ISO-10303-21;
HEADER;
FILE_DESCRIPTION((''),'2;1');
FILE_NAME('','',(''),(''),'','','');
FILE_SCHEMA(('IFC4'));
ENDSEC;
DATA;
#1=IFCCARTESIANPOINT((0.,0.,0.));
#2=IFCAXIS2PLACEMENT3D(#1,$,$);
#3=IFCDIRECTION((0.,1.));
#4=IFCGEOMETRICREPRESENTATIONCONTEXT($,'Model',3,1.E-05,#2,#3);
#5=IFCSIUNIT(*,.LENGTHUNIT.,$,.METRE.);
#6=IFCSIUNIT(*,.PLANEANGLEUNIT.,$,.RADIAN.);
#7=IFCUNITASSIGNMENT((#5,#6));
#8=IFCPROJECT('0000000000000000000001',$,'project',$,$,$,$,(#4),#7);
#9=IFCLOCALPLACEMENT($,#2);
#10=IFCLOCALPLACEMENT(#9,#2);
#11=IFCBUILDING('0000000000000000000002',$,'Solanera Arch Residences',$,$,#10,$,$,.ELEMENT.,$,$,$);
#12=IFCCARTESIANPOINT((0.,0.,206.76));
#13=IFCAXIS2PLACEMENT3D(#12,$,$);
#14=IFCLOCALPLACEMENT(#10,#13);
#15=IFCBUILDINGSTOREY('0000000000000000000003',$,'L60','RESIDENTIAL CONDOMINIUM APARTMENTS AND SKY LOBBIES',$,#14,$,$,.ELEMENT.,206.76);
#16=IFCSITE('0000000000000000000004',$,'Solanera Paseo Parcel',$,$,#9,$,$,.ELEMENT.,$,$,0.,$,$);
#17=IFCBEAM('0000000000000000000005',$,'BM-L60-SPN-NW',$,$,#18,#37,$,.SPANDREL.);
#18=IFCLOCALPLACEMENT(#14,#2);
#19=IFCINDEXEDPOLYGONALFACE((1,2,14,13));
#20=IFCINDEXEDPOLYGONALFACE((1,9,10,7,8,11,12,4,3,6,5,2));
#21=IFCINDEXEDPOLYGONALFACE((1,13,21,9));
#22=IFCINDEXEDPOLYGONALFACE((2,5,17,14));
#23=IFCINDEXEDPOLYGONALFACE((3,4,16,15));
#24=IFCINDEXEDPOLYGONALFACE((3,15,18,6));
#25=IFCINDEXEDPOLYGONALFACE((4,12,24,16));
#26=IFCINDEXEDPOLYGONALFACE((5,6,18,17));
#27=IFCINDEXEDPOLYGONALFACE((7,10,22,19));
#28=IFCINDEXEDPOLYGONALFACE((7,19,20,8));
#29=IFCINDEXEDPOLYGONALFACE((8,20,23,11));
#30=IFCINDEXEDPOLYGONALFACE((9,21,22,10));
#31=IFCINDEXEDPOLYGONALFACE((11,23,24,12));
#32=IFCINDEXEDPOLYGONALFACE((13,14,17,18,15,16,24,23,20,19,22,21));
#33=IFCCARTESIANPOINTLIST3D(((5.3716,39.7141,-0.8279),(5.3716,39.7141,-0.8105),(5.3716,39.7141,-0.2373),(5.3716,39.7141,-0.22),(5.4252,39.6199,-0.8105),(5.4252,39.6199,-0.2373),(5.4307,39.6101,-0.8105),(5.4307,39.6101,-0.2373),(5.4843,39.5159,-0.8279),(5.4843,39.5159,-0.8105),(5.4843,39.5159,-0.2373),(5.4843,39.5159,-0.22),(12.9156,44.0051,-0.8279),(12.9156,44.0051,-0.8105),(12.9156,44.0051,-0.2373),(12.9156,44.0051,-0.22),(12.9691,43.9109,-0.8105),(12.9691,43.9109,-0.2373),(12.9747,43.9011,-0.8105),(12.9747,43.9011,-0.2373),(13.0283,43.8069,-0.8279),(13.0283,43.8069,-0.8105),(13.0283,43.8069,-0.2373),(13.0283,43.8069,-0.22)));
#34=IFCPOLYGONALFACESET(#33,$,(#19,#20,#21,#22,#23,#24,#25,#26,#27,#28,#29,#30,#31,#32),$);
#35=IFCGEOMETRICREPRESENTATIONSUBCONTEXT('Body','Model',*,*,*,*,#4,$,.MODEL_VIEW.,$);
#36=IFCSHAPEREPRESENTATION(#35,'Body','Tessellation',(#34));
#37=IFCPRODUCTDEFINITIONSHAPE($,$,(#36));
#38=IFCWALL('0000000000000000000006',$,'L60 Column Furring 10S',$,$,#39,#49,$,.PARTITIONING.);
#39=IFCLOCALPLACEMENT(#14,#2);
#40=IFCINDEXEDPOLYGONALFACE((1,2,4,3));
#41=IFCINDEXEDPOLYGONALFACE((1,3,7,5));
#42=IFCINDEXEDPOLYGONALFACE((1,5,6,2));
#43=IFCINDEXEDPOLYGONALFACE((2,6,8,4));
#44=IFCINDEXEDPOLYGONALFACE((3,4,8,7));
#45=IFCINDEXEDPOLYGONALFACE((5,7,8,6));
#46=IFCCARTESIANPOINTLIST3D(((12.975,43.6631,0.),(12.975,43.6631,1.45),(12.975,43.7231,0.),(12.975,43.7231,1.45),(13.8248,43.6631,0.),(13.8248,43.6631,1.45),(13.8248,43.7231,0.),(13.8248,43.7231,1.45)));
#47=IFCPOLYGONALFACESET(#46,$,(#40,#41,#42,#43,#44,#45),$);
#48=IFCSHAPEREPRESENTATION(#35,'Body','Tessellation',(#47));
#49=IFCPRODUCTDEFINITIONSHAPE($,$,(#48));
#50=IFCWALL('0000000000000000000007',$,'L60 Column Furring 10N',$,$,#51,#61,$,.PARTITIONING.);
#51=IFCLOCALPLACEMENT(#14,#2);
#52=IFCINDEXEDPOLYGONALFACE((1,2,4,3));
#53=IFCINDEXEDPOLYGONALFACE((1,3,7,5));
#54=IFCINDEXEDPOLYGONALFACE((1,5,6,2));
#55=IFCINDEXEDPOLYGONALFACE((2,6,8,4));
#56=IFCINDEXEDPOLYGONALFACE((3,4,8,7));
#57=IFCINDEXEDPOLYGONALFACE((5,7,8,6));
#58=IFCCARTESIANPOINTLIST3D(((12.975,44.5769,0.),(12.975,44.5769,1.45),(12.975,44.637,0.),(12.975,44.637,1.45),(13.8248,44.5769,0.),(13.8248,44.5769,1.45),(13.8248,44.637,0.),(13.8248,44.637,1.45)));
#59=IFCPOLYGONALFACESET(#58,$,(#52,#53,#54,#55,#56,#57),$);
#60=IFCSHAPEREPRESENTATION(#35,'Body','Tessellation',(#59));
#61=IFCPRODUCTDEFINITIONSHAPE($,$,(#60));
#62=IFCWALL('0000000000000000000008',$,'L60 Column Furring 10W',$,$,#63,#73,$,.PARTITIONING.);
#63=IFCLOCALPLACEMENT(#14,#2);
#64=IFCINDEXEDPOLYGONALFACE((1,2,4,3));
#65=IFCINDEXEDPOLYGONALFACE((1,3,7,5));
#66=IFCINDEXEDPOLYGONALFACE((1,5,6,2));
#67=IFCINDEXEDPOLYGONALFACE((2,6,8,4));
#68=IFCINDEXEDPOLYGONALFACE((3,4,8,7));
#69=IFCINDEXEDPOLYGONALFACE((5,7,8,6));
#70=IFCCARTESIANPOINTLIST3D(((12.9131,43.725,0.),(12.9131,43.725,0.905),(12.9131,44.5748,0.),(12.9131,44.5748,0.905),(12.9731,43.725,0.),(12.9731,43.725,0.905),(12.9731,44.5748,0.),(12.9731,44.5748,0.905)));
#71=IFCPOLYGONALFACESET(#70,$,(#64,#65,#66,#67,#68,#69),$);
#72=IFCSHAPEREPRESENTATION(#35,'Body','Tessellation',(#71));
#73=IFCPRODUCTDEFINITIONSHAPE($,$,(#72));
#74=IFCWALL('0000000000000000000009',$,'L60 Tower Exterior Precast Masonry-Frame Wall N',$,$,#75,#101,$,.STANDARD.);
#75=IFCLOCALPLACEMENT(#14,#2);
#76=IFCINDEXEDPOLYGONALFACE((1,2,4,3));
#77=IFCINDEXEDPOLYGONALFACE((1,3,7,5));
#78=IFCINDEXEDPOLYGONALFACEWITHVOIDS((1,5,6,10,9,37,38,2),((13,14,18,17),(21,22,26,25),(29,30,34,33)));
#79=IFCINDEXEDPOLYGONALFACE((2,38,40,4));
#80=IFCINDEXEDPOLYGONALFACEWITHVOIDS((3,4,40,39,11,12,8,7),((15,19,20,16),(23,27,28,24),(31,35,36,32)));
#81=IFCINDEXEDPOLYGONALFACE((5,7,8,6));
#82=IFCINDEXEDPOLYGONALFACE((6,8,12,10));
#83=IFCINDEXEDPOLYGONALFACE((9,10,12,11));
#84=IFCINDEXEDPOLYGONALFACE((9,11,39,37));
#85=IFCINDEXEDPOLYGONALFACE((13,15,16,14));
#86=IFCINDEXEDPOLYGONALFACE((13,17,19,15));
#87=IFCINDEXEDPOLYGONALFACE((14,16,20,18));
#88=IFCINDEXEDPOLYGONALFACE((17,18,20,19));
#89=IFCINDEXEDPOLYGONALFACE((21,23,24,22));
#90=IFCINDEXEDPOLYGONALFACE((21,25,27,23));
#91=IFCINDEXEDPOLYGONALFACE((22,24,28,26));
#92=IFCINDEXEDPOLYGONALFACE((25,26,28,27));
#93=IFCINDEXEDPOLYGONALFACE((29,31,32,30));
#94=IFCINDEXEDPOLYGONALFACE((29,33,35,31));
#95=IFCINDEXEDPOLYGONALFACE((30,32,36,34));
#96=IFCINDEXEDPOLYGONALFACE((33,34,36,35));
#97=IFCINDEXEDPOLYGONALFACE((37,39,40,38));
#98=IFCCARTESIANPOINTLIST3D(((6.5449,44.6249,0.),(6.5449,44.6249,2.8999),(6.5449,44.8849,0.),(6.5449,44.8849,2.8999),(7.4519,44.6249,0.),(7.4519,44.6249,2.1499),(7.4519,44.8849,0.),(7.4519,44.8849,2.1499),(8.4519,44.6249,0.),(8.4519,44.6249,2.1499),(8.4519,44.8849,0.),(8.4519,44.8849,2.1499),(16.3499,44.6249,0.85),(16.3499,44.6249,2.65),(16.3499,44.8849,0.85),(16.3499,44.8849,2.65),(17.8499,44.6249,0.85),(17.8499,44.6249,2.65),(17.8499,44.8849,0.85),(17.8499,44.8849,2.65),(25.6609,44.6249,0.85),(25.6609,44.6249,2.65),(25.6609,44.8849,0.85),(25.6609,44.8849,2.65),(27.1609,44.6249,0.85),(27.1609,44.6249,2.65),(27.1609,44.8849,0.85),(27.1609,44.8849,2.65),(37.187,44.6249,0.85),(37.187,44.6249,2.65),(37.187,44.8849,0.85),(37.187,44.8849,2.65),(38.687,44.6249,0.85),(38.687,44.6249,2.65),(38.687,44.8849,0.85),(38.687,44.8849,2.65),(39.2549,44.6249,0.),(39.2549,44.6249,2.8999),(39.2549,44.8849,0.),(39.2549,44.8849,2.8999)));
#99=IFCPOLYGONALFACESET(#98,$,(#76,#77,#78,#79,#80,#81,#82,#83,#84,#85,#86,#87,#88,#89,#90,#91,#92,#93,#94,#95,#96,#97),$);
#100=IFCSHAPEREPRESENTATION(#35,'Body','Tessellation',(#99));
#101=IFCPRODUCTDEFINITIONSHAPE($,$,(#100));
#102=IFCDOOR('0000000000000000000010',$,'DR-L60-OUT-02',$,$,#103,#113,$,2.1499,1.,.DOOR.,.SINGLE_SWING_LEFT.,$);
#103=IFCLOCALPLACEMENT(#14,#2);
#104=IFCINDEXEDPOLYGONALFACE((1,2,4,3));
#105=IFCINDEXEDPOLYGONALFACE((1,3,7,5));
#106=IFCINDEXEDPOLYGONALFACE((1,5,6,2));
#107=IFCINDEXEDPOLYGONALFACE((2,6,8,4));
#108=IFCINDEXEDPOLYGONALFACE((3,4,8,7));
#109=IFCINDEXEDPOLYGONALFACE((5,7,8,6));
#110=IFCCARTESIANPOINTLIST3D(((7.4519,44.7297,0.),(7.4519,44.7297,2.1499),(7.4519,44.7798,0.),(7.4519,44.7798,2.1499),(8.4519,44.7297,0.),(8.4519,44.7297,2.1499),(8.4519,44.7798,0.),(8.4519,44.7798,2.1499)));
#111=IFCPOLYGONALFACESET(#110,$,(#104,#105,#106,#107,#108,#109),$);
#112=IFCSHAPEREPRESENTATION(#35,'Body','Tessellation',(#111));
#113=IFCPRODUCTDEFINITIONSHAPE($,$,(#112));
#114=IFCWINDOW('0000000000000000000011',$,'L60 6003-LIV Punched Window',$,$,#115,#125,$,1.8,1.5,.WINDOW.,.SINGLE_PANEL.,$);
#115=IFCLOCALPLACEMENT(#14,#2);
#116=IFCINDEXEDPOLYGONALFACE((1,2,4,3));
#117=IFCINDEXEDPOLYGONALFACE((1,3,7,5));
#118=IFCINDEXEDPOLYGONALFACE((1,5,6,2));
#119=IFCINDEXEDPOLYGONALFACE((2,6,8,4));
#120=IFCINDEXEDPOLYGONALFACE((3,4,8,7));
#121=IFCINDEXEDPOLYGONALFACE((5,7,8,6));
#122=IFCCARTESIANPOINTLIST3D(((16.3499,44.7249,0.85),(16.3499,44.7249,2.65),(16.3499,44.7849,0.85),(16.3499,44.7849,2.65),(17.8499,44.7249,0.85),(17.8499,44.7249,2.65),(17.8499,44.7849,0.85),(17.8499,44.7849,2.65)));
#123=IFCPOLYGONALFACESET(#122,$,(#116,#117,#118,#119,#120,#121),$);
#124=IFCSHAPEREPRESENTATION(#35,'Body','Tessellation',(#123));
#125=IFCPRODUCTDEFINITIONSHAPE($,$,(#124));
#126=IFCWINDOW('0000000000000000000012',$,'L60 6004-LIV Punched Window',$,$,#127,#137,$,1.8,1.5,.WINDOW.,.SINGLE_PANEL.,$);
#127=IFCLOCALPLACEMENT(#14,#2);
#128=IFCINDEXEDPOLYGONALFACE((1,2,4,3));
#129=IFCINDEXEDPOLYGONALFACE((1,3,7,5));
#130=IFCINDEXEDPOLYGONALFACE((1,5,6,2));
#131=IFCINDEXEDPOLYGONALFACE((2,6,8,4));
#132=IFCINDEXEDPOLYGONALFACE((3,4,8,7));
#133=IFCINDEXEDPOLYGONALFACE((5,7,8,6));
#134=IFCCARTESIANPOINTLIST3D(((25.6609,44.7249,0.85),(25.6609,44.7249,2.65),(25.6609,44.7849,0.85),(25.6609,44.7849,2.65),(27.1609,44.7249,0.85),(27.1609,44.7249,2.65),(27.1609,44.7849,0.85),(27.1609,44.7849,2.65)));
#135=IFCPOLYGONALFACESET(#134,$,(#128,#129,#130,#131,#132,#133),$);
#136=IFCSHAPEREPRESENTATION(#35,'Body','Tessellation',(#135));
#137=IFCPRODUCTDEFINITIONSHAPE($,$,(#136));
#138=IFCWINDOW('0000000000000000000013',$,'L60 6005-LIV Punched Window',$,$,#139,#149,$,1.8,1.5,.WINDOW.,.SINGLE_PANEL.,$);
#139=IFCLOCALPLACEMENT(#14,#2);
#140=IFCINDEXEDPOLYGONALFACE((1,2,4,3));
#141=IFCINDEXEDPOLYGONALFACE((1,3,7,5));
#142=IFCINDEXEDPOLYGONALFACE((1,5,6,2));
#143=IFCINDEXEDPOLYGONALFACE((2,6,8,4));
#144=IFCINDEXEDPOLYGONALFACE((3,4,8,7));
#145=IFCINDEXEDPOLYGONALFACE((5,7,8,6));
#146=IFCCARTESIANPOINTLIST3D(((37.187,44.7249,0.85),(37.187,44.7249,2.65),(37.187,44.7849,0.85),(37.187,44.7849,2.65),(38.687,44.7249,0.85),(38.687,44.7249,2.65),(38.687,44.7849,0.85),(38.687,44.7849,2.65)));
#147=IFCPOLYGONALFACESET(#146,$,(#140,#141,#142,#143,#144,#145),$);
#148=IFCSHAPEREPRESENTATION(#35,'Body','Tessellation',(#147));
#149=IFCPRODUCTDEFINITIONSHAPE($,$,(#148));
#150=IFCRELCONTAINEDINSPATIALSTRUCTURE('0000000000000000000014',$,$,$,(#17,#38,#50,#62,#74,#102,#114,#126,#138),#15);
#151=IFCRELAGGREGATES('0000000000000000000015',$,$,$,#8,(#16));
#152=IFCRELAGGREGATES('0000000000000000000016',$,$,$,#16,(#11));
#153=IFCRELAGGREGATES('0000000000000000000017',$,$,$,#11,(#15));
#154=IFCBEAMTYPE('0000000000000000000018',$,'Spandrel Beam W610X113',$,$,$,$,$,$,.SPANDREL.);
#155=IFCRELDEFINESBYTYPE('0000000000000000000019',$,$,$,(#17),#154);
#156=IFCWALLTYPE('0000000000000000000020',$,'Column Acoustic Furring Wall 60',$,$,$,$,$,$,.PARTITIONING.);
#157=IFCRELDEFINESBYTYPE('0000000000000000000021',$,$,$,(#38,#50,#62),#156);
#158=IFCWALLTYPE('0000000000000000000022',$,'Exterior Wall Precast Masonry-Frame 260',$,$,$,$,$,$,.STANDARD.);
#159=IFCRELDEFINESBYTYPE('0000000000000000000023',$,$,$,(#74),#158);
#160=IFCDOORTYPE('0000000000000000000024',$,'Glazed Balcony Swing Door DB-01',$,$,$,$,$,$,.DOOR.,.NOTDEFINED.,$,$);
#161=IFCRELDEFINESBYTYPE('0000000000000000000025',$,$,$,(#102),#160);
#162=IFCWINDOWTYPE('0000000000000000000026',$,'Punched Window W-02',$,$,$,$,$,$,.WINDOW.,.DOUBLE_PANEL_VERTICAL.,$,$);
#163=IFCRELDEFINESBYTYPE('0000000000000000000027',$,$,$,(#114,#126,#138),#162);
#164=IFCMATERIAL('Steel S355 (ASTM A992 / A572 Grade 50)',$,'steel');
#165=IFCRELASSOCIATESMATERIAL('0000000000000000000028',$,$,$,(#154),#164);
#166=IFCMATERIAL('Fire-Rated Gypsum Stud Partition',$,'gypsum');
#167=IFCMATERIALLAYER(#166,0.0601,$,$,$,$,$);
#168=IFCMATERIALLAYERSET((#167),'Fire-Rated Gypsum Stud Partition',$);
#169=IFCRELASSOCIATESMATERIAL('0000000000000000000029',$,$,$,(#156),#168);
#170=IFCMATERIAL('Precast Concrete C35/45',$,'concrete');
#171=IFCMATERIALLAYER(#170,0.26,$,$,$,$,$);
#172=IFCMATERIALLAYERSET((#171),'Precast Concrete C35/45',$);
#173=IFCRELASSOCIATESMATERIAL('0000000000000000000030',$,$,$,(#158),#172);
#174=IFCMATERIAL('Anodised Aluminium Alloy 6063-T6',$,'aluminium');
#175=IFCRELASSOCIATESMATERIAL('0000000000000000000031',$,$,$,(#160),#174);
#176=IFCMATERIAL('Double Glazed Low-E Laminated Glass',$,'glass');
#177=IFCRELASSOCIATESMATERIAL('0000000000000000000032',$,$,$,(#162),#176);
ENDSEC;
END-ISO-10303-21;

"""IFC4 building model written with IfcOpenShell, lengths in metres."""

from ifc_helpers import new_model, si_unit, direction, frame, frame_2d, origin, origin_2d, place, context, subcontext, project, spatial, rectangle, i_section, extrude, material, layer, layer_set, material_profile, profile_set, type_object, element, fill, save


model = new_model("IFC4")

# Units and contexts
model_context = context("Model", 3, precision=1e-05, world=origin(), true_north=direction((0.0, 1.0)))
body_context = subcontext(model_context, "Body", "Model", "MODEL_VIEW")
ifc_project = project(units=[si_unit("LENGTHUNIT", "METRE"), si_unit("PLANEANGLEUNIT", "RADIAN")], contexts=[model_context])

# Site, building, storey
site_placement = place(None, origin())
site = spatial("IfcSite", under=ifc_project, at=site_placement, Name="Solanera Paseo Parcel", CompositionType="ELEMENT", RefElevation=0.0)
building_placement = place(site_placement, origin())
building = spatial("IfcBuilding", under=site, at=building_placement, Name="Solanera Arch Residences", CompositionType="ELEMENT")
storey_placement = place(building_placement, frame((0.0, 0.0, 206.76)))
storey = spatial("IfcBuildingStorey", under=building, at=storey_placement, Name="L60", Description="RESIDENTIAL CONDOMINIUM APARTMENTS AND SKY LOBBIES", CompositionType="ELEMENT", Elevation=206.76)

# Beam
ifc_material_1 = material(Name="Steel S355 (ASTM A992 / A572 Grade 50)", Category="steel")
ifc_material_profile = material_profile(ifc_material_1, i_section(OverallWidth=0.228, OverallDepth=0.6079, WebThickness=0.0112, FlangeThickness=0.0173, at=origin_2d()))
ifc_profile_set = profile_set([ifc_material_profile], Name="Steel S355 (ASTM A992 / A572 Grade 50)")
beam_type = type_object("IfcBeamType", Name="Spandrel Beam W610X113", PredefinedType="SPANDREL", material=ifc_profile_set)
beam_placement = place(storey_placement, frame((12.9719, 43.906, -0.5239), z_axis=(-0.869225, -0.494417, 0.0), x_axis=(0.494417, -0.869225, 0.0)))
element("IfcBeam", 1, at=beam_placement, inside=storey, type_object=beam_type, Name="BM-L60-SPN-NW", PredefinedType="SPANDREL", context=body_context, shape_type="SweptSolid", body=[
    extrude(i_section(OverallWidth=0.228, OverallDepth=0.6079, WebThickness=0.0112, FlangeThickness=0.0173, at=origin_2d()), origin(), (0.0, 0.0, 1.0), 8.679),
])

# Walls
ifc_material_2 = material(Name="Fire-Rated Gypsum Stud Partition", Category="gypsum")
ifc_layer_1 = layer(ifc_material_2, 0.0601)
ifc_layer_set_1 = layer_set([ifc_layer_1], Name="Fire-Rated Gypsum Stud Partition")
wall_type_1 = type_object("IfcWallType", Name="Column Acoustic Furring Wall 60", PredefinedType="PARTITIONING", material=ifc_layer_set_1)
for number, where, z_axis, x_axis, name in (
    (2, (12.9751, 43.6931, 0.0), (0.0, 0.0, 1.0), (1.0, 0.0, 0.0), "L60 Column Furring 10S"),
    (3, (12.9751, 44.6069, 0.0), (0.0, 0.0, 1.0), (1.0, 0.0, 0.0), "L60 Column Furring 10N"),
):
    element("IfcWall", number, at=place(storey_placement, frame(where, z_axis=z_axis, x_axis=x_axis)), inside=storey, type_object=wall_type_1, Name=name, PredefinedType="PARTITIONING", context=body_context, shape_type="SweptSolid", body=[
        extrude(rectangle(XDim=0.8499, YDim=0.0601, at=frame_2d((0.4248, 0.0))), origin(), (0.0, 0.0, 1.0), 1.45),
    ])
wall_1_placement = place(storey_placement, frame((12.9431, 43.7251, 0.0), z_axis=(0.0, 0.0, 1.0), x_axis=(0.0, 1.0, 0.0)))
element("IfcWall", 4, at=wall_1_placement, inside=storey, type_object=wall_type_1, Name="L60 Column Furring 10W", PredefinedType="PARTITIONING", context=body_context, shape_type="SweptSolid", body=[
    extrude(rectangle(XDim=0.8499, YDim=0.0601, at=frame_2d((0.4248, 0.0))), origin(), (0.0, 0.0, 1.0), 0.905),
])

# Wall, openings, door, windows
ifc_material_3 = material(Name="Precast Concrete C35/45", Category="concrete")
ifc_layer_2 = layer(ifc_material_3, 0.26)
ifc_layer_set_2 = layer_set([ifc_layer_2], Name="Precast Concrete C35/45")
wall_type_2 = type_object("IfcWallType", Name="Exterior Wall Precast Masonry-Frame 260", PredefinedType="STANDARD", material=ifc_layer_set_2)
wall_2_placement = place(storey_placement, frame((6.5449, 44.7549, 0.0), z_axis=(0.0, 0.0, 1.0), x_axis=(1.0, 0.0, 0.0)))
wall_2 = element("IfcWall", 5, at=wall_2_placement, inside=storey, type_object=wall_type_2, Name="L60 Tower Exterior Precast Masonry-Frame Wall N", PredefinedType="STANDARD", context=body_context, shape_type="SweptSolid", body=[
    extrude(rectangle(XDim=32.71, YDim=0.26, at=frame_2d((16.355, 0.0))), origin(), (0.0, 0.0, 1.0), 2.8999),
])
opening_1_placement = place(wall_2_placement, frame((0.907, 0.0, 0.0)))
opening_1 = element("IfcOpeningElement", 6, at=opening_1_placement, cuts=wall_2, PredefinedType="OPENING", context=body_context, shape_type="SweptSolid", body=[
    extrude(rectangle(XDim=1.0, YDim=2.1499, at=frame_2d((0.5, 1.075))), frame((0.0, 0.1399, 0.0), z_axis=(0.0, -1.0, 0.0), x_axis=(1.0, 0.0, 0.0)), (0.0, 0.0, 1.0), 0.28),
])
opening_2_placement = place(wall_2_placement, frame((9.8049, 0.0, 0.8501)))
opening_2 = element("IfcOpeningElement", 7, at=opening_2_placement, cuts=wall_2, PredefinedType="OPENING", context=body_context, shape_type="SweptSolid", body=[
    extrude(rectangle(XDim=1.5, YDim=1.8, at=frame_2d((0.75, 0.8999))), frame((0.0, 0.1399, 0.0), z_axis=(0.0, -1.0, 0.0), x_axis=(1.0, 0.0, 0.0)), (0.0, 0.0, 1.0), 0.28),
])
opening_3_placement = place(wall_2_placement, frame((19.116, 0.0, 0.8501)))
opening_3 = element("IfcOpeningElement", 8, at=opening_3_placement, cuts=wall_2, PredefinedType="OPENING", context=body_context, shape_type="SweptSolid", body=[
    extrude(rectangle(XDim=1.5, YDim=1.8, at=frame_2d((0.75, 0.8999))), frame((0.0, 0.1399, 0.0), z_axis=(0.0, -1.0, 0.0), x_axis=(1.0, 0.0, 0.0)), (0.0, 0.0, 1.0), 0.28),
])
opening_4_placement = place(wall_2_placement, frame((30.6421, 0.0, 0.8501)))
opening_4 = element("IfcOpeningElement", 9, at=opening_4_placement, cuts=wall_2, PredefinedType="OPENING", context=body_context, shape_type="SweptSolid", body=[
    extrude(rectangle(XDim=1.5, YDim=1.8, at=frame_2d((0.75, 0.8999))), frame((0.0, 0.1399, 0.0), z_axis=(0.0, -1.0, 0.0), x_axis=(1.0, 0.0, 0.0)), (0.0, 0.0, 1.0), 0.28),
])
ifc_material_4 = material(Name="Anodised Aluminium Alloy 6063-T6", Category="aluminium")
door_type_1 = type_object("IfcDoorType", Name="Glazed Balcony Swing Door DB-01", OperationType="NOTDEFINED", PredefinedType="DOOR", material=ifc_material_4)
door_1_placement = place(opening_1_placement, origin())
door_1 = element("IfcDoor", 10, at=door_1_placement, inside=storey, type_object=door_type_1, Name="DR-L60-OUT-02", OperationType="SINGLE_SWING_LEFT", OverallHeight=2.1499, OverallWidth=1.0, PredefinedType="DOOR", context=body_context, shape_type="SweptSolid", body=[
    extrude(rectangle(XDim=1.0, YDim=2.1499, at=frame_2d((0.5, 1.075))), frame((0.0, 0.0249, 0.0), z_axis=(0.0, -1.0, 0.0), x_axis=(1.0, 0.0, 0.0)), (0.0, 0.0, 1.0), 0.05),
])
fill(opening_1, door_1)
ifc_material_5 = material(Name="Double Glazed Low-E Laminated Glass", Category="glass")
window_type = type_object("IfcWindowType", Name="Punched Window W-02", PartitioningType="DOUBLE_PANEL_VERTICAL", PredefinedType="WINDOW", material=ifc_material_5)
window_1_placement = place(opening_2_placement, origin())
window_1 = element("IfcWindow", 11, at=window_1_placement, inside=storey, type_object=window_type, Name="L60 6003-LIV Punched Window", OverallHeight=1.8, OverallWidth=1.5, PartitioningType="SINGLE_PANEL", PredefinedType="WINDOW", context=body_context, shape_type="SweptSolid", body=[
    extrude(rectangle(XDim=1.5, YDim=1.8, at=frame_2d((0.75, 0.8999))), frame((0.0, 0.03, 0.0), z_axis=(0.0, -1.0, 0.0), x_axis=(1.0, 0.0, 0.0)), (0.0, 0.0, 1.0), 0.0601),
])
fill(opening_2, window_1)
window_2_placement = place(opening_3_placement, origin())
window_2 = element("IfcWindow", 12, at=window_2_placement, inside=storey, type_object=window_type, Name="L60 6004-LIV Punched Window", OverallHeight=1.8, OverallWidth=1.5, PartitioningType="SINGLE_PANEL", PredefinedType="WINDOW", context=body_context, shape_type="SweptSolid", body=[
    extrude(rectangle(XDim=1.5, YDim=1.8, at=frame_2d((0.75, 0.8999))), frame((0.0, 0.03, 0.0), z_axis=(0.0, -1.0, 0.0), x_axis=(1.0, 0.0, 0.0)), (0.0, 0.0, 1.0), 0.0601),
])
fill(opening_3, window_2)
window_3_placement = place(opening_4_placement, origin())
window_3 = element("IfcWindow", 13, at=window_3_placement, inside=storey, type_object=window_type, Name="L60 6005-LIV Punched Window", OverallHeight=1.8, OverallWidth=1.5, PartitioningType="SINGLE_PANEL", PredefinedType="WINDOW", context=body_context, shape_type="SweptSolid", body=[
    extrude(rectangle(XDim=1.5, YDim=1.8, at=frame_2d((0.75, 0.8999))), frame((0.0, 0.03, 0.0), z_axis=(0.0, -1.0, 0.0), x_axis=(1.0, 0.0, 0.0)), (0.0, 0.0, 1.0), 0.0601),
])
fill(opening_4, window_3)

save(model, "model.ifc")
